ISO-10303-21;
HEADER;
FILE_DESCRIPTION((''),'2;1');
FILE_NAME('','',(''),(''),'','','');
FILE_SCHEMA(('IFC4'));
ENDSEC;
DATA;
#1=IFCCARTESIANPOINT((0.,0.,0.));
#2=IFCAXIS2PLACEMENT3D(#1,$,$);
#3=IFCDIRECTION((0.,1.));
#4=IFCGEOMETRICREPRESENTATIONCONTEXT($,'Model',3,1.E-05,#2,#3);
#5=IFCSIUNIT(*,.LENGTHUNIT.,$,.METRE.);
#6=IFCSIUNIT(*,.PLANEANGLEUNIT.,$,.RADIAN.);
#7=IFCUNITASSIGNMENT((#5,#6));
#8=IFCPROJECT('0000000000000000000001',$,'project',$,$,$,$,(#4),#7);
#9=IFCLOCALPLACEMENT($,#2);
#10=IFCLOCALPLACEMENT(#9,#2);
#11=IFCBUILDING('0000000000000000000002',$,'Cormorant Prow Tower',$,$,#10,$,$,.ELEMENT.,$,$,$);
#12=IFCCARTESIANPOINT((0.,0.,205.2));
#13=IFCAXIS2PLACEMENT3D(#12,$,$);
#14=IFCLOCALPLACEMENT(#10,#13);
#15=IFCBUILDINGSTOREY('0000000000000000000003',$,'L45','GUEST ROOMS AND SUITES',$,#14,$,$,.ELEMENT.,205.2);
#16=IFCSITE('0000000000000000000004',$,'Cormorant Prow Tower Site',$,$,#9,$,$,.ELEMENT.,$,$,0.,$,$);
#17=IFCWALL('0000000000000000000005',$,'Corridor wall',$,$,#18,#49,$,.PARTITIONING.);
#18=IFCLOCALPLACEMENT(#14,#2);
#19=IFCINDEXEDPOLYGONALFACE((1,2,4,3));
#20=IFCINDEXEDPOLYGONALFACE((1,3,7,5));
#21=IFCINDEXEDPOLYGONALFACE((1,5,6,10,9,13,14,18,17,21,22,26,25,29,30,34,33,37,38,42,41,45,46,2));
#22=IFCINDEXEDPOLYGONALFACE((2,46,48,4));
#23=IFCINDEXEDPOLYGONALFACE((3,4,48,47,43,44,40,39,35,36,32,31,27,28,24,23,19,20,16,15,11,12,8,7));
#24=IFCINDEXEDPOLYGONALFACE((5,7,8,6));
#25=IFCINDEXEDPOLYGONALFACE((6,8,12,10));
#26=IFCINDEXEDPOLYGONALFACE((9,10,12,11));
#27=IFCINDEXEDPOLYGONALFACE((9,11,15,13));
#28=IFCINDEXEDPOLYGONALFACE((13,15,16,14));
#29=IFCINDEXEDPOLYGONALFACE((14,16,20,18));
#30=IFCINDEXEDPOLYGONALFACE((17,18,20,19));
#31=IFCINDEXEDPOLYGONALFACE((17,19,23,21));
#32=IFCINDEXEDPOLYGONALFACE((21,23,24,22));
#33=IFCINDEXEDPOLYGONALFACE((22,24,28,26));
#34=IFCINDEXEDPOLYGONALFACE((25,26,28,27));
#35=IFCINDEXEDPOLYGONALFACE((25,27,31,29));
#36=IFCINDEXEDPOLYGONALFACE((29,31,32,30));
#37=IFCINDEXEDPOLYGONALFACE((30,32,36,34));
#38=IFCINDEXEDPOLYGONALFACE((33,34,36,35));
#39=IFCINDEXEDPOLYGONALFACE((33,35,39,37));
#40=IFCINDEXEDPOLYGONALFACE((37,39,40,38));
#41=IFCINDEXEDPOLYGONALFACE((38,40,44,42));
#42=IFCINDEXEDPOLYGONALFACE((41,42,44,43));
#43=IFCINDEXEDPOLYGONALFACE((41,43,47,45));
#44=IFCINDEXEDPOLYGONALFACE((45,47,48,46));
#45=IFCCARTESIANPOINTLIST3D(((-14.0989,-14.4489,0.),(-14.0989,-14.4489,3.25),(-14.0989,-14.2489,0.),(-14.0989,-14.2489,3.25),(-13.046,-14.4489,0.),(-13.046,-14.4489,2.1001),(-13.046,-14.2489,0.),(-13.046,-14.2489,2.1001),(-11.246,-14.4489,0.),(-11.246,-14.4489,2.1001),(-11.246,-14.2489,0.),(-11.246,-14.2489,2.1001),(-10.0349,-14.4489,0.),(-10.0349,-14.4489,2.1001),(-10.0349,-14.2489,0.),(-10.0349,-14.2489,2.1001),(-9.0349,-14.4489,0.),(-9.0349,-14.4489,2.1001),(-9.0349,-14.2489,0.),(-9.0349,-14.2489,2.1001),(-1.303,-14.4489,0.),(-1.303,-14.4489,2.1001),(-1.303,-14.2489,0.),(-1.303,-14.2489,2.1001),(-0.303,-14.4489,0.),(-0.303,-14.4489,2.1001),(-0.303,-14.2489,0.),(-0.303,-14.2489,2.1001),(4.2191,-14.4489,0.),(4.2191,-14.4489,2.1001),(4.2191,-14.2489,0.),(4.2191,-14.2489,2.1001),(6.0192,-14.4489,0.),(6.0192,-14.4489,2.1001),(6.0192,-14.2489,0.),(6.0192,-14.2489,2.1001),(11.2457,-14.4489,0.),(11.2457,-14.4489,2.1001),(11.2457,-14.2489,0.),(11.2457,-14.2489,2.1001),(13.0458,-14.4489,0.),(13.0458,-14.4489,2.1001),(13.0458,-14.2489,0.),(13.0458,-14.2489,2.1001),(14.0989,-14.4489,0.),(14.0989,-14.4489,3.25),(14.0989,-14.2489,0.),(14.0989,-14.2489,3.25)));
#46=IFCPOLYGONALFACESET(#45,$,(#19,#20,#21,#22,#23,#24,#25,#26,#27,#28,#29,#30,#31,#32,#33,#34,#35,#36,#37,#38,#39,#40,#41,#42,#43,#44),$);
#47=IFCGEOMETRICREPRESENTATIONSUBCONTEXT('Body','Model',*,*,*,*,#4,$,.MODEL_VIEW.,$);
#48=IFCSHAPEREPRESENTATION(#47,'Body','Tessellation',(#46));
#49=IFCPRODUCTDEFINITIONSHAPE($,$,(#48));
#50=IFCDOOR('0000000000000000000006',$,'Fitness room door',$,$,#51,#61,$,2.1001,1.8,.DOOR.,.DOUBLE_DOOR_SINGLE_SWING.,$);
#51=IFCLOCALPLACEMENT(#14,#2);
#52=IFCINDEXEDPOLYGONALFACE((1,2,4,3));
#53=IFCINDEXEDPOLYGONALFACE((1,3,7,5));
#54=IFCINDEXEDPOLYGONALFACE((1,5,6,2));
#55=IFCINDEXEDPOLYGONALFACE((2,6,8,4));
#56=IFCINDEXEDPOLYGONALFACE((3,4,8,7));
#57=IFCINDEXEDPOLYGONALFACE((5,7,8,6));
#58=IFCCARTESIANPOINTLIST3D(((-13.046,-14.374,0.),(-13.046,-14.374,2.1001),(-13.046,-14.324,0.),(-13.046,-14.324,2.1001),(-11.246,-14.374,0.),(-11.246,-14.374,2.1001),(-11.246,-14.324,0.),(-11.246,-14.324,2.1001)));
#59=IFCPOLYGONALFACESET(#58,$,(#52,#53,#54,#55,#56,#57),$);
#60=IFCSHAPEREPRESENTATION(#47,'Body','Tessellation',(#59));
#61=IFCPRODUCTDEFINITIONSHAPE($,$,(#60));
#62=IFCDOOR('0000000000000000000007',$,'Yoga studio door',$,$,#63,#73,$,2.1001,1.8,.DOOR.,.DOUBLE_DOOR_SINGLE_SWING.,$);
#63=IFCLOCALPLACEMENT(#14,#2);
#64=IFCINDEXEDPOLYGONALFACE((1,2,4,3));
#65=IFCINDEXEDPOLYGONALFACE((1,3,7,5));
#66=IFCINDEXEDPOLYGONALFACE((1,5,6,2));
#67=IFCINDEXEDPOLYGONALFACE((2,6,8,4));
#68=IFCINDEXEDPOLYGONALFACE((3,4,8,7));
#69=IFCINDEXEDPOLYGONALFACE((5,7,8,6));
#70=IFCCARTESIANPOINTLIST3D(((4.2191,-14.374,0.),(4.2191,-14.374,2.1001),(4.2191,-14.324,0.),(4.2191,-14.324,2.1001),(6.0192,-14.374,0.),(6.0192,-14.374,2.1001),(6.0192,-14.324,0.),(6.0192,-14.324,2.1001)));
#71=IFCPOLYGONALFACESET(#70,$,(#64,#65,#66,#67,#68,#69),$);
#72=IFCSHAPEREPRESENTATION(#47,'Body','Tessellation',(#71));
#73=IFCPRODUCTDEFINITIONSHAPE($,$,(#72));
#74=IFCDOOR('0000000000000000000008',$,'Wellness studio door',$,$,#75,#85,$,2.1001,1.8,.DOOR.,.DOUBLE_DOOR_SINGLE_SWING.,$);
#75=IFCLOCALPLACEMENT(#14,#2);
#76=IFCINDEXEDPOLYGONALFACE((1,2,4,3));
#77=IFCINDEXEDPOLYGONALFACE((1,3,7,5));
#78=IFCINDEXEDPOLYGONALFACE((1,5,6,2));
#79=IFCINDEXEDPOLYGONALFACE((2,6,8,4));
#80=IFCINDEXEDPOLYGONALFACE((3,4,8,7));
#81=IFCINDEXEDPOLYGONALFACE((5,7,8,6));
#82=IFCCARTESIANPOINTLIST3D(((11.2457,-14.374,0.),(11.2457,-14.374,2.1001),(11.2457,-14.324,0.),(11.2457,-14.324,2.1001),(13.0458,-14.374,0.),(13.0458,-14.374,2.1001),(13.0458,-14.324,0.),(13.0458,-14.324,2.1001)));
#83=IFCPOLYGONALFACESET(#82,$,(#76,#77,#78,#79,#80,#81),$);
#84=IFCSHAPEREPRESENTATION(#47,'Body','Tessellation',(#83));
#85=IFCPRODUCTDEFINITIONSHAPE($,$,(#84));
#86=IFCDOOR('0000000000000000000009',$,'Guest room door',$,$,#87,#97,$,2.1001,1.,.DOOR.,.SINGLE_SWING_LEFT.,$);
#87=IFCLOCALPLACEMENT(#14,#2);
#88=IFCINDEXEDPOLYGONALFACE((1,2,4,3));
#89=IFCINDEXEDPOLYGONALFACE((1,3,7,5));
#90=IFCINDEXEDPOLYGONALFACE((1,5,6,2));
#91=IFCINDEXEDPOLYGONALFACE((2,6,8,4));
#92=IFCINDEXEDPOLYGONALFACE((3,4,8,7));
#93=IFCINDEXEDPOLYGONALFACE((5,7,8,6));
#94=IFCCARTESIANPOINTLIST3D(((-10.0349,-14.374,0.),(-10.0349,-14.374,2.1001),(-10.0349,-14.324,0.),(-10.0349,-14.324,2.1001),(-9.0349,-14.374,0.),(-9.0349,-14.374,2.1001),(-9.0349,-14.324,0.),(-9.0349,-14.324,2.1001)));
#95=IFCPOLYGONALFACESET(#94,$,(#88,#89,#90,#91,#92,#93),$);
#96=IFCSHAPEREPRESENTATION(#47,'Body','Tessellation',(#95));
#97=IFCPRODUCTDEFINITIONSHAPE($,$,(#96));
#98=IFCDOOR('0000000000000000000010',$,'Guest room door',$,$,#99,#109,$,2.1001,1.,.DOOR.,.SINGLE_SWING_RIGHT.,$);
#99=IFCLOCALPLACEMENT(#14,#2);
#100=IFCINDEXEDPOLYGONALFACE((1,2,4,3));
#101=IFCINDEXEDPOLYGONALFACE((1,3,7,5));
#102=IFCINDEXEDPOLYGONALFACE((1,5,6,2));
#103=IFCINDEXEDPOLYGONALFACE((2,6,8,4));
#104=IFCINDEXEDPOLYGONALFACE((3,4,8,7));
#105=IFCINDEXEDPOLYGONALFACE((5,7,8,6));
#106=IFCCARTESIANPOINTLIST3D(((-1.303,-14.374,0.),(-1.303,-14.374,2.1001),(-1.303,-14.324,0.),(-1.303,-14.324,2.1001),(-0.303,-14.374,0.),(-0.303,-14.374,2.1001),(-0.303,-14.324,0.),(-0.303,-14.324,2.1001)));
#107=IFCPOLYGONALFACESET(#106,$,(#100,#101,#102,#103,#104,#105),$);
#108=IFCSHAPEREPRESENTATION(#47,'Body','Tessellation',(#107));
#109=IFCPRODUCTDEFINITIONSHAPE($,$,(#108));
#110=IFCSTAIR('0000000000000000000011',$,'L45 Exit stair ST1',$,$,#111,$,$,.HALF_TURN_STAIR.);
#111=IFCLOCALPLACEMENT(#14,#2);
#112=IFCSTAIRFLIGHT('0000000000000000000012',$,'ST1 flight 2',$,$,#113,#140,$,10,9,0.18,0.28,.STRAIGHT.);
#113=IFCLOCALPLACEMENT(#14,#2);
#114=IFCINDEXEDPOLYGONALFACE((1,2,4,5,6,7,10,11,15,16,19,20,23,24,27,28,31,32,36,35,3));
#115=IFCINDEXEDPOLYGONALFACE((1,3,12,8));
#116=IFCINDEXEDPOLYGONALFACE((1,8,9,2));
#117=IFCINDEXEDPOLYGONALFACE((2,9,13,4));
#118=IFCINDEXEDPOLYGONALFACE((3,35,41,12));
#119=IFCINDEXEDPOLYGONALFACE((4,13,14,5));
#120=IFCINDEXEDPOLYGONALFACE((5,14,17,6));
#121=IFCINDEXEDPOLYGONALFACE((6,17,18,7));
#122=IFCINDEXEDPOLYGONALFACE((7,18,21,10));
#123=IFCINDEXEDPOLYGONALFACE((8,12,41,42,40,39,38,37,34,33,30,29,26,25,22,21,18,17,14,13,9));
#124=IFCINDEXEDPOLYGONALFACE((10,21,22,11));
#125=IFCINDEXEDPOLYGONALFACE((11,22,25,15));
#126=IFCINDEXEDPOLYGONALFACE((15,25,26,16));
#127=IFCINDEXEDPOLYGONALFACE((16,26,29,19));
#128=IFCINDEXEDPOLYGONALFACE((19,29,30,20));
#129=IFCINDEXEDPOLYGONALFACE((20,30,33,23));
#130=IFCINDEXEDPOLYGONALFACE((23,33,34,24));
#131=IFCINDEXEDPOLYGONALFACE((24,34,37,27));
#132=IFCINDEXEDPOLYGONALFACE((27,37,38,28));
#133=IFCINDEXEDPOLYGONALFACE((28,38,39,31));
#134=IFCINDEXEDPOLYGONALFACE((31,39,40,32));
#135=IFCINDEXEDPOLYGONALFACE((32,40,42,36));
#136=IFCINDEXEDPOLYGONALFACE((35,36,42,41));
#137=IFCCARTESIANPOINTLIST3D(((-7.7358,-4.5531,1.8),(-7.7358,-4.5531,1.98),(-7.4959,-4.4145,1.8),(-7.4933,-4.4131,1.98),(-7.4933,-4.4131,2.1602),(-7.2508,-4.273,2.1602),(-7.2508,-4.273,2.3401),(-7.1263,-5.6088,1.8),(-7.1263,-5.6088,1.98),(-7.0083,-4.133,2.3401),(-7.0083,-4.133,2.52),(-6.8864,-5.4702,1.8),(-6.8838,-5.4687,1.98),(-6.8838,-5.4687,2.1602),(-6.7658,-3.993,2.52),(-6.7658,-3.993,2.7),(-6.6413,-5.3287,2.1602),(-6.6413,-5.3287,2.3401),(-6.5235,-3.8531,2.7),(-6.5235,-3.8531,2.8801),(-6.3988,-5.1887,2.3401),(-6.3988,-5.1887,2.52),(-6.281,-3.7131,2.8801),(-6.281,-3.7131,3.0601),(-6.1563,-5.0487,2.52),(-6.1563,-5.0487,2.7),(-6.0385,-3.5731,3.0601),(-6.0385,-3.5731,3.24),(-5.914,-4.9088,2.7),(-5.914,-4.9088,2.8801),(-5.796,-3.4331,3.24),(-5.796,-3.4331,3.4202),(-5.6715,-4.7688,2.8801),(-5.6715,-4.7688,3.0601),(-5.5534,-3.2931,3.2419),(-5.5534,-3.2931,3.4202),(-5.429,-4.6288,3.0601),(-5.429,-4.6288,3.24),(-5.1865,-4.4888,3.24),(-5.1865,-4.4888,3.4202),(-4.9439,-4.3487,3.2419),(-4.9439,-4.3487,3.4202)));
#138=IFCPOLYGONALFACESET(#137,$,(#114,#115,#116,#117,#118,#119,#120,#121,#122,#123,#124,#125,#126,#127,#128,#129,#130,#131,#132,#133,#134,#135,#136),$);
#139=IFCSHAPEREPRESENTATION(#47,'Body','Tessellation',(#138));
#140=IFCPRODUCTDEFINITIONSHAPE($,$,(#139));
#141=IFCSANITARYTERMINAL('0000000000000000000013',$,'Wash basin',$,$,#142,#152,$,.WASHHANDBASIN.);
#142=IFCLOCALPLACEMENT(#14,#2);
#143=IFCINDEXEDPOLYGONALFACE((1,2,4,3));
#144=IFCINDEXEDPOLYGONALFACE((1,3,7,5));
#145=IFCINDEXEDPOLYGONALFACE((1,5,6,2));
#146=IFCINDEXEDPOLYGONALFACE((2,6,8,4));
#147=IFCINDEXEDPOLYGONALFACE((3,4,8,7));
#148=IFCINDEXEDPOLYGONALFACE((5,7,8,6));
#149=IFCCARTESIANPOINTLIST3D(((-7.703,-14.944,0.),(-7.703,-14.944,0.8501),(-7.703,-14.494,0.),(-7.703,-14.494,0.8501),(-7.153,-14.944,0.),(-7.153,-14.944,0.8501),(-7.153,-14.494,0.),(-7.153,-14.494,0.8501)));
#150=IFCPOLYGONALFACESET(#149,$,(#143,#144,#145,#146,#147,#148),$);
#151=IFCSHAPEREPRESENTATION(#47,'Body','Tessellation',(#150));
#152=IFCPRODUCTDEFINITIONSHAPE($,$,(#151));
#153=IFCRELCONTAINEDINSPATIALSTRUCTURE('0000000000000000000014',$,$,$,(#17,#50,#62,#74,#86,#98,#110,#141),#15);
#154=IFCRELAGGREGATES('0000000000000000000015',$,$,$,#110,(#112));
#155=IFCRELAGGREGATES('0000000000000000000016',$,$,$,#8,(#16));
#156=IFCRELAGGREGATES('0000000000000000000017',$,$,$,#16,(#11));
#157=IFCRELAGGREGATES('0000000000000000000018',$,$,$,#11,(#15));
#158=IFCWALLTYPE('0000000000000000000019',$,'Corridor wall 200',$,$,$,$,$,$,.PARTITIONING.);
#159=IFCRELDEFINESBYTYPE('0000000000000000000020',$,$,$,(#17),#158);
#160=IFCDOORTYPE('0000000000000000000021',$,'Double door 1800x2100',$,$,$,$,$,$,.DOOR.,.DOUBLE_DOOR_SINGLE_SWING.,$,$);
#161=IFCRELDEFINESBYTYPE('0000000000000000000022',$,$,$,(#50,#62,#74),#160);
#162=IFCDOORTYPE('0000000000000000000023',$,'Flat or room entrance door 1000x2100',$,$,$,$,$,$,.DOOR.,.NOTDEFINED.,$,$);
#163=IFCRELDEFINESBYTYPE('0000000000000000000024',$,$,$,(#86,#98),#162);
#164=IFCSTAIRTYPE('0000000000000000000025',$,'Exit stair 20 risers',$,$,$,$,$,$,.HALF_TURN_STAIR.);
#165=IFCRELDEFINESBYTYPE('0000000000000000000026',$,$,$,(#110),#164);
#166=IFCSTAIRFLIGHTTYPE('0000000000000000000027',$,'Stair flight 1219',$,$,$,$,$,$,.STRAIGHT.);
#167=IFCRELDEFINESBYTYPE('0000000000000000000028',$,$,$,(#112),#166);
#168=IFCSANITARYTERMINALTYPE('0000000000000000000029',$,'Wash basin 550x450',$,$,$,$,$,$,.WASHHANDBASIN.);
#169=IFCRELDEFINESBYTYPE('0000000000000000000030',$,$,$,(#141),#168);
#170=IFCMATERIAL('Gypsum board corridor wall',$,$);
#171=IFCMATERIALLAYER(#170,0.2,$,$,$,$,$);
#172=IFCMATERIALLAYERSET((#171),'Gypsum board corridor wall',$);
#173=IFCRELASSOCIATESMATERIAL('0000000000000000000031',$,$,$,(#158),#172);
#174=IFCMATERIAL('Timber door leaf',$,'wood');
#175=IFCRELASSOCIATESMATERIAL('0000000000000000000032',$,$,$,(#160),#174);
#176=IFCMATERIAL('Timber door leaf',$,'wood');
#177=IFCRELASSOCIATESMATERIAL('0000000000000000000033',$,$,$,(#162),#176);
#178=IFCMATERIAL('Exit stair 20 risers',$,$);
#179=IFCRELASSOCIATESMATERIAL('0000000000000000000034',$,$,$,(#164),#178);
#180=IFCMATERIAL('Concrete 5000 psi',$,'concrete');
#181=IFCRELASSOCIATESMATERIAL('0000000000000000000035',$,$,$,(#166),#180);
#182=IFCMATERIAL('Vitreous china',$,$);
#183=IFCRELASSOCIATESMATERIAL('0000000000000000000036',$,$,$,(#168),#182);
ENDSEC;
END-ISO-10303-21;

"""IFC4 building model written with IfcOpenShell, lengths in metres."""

from ifc_helpers import new_model, si_unit, direction, frame, frame_2d, origin, origin_2d, place, context, subcontext, project, spatial, polyline, rectangle, outline, extrude, material, layer, layer_set, type_object, element, fill, aggregate, save


model = new_model("IFC4")

# Units and contexts
model_context = context("Model", 3, precision=1e-05, world=origin(), true_north=direction((0.0, 1.0)))
body_context = subcontext(model_context, "Body", "Model", "MODEL_VIEW")
ifc_project = project(units=[si_unit("LENGTHUNIT", "METRE"), si_unit("PLANEANGLEUNIT", "RADIAN")], contexts=[model_context])

# Site, building, storey
site_placement = place(None, origin())
site = spatial("IfcSite", under=ifc_project, at=site_placement, Name="Cormorant Prow Tower Site", CompositionType="ELEMENT", RefElevation=0.0)
building_placement = place(site_placement, origin())
building = spatial("IfcBuilding", under=site, at=building_placement, Name="Cormorant Prow Tower", CompositionType="ELEMENT")
storey_placement = place(building_placement, frame((0.0, 0.0, 205.2)))
storey = spatial("IfcBuildingStorey", under=building, at=storey_placement, Name="L45", Description="GUEST ROOMS AND SUITES", CompositionType="ELEMENT", Elevation=205.2)

# Wall, openings, doors
ifc_material_1 = material(Name="Gypsum board corridor wall")
ifc_layer_1 = layer(ifc_material_1, 0.2)
ifc_layer_set_1 = layer_set([ifc_layer_1], Name="Gypsum board corridor wall")
wall_type_1 = type_object("IfcWallType", Name="Corridor wall 200", PredefinedType="PARTITIONING", material=ifc_layer_set_1)
wall_1_placement = place(storey_placement, frame((-14.0989, -14.3489, 0.0), z_axis=(0.0, 0.0, 1.0), x_axis=(1.0, 0.0, 0.0)))
wall_1 = element("IfcWall", 1, at=wall_1_placement, inside=storey, type_object=wall_type_1, Name="Corridor wall", PredefinedType="PARTITIONING", context=body_context, shape_type="SweptSolid", body=[
    extrude(rectangle(XDim=28.1978, YDim=0.2, at=frame_2d((14.0989, 0.0))), origin(), (0.0, 0.0, 1.0), 3.25),
])
opening_1_placement = place(wall_1_placement, frame((1.053, 0.0, 0.0)))
opening_1 = element("IfcOpeningElement", 2, at=opening_1_placement, cuts=wall_1, PredefinedType="OPENING", context=body_context, shape_type="SweptSolid", body=[
    extrude(rectangle(XDim=1.8, YDim=2.1001, at=frame_2d((0.8999, 1.05))), frame((0.0, 0.1099, 0.0), z_axis=(0.0, -1.0, 0.0), x_axis=(1.0, 0.0, 0.0)), (0.0, 0.0, 1.0), 0.22),
])
opening_2_placement = place(wall_1_placement, frame((4.064, 0.0, 0.0)))
opening_2 = element("IfcOpeningElement", 3, at=opening_2_placement, cuts=wall_1, PredefinedType="OPENING", context=body_context, shape_type="SweptSolid", body=[
    extrude(rectangle(XDim=1.0, YDim=2.1001, at=frame_2d((0.5, 1.05))), frame((0.0, 0.1099, 0.0), z_axis=(0.0, -1.0, 0.0), x_axis=(1.0, 0.0, 0.0)), (0.0, 0.0, 1.0), 0.22),
])
opening_3_placement = place(wall_1_placement, frame((12.7959, 0.0, 0.0)))
opening_3 = element("IfcOpeningElement", 4, at=opening_3_placement, cuts=wall_1, PredefinedType="OPENING", context=body_context, shape_type="SweptSolid", body=[
    extrude(rectangle(XDim=1.0, YDim=2.1001, at=frame_2d((0.5, 1.05))), frame((0.0, 0.1099, 0.0), z_axis=(0.0, -1.0, 0.0), x_axis=(1.0, 0.0, 0.0)), (0.0, 0.0, 1.0), 0.22),
])
opening_4_placement = place(wall_1_placement, frame((18.3181, 0.0, 0.0)))
opening_4 = element("IfcOpeningElement", 5, at=opening_4_placement, cuts=wall_1, PredefinedType="OPENING", context=body_context, shape_type="SweptSolid", body=[
    extrude(rectangle(XDim=1.8, YDim=2.1001, at=frame_2d((0.8999, 1.05))), frame((0.0, 0.1099, 0.0), z_axis=(0.0, -1.0, 0.0), x_axis=(1.0, 0.0, 0.0)), (0.0, 0.0, 1.0), 0.22),
])
opening_5_placement = place(wall_1_placement, frame((25.3447, 0.0, 0.0)))
opening_5 = element("IfcOpeningElement", 6, at=opening_5_placement, cuts=wall_1, PredefinedType="OPENING", context=body_context, shape_type="SweptSolid", body=[
    extrude(rectangle(XDim=1.8, YDim=2.1001, at=frame_2d((0.8999, 1.05))), frame((0.0, 0.1099, 0.0), z_axis=(0.0, -1.0, 0.0), x_axis=(1.0, 0.0, 0.0)), (0.0, 0.0, 1.0), 0.22),
])
ifc_material_2 = material(Name="Timber door leaf", Category="wood")
door_type_1 = type_object("IfcDoorType", Name="Double door 1800x2100", OperationType="DOUBLE_DOOR_SINGLE_SWING", PredefinedType="DOOR", material=ifc_material_2)
door_1_placement = place(opening_1_placement, origin())
door_1 = element("IfcDoor", 7, at=door_1_placement, inside=storey, type_object=door_type_1, Name="Fitness room door", OperationType="DOUBLE_DOOR_SINGLE_SWING", OverallHeight=2.1001, OverallWidth=1.8, PredefinedType="DOOR", context=body_context, shape_type="SweptSolid", body=[
    extrude(rectangle(XDim=1.8, YDim=2.1001, at=frame_2d((0.8999, 1.05))), frame((0.0, 0.0249, 0.0), z_axis=(0.0, -1.0, 0.0), x_axis=(1.0, 0.0, 0.0)), (0.0, 0.0, 1.0), 0.05),
])
fill(opening_1, door_1)
door_2_placement = place(opening_4_placement, origin())
door_2 = element("IfcDoor", 8, at=door_2_placement, inside=storey, type_object=door_type_1, Name="Yoga studio door", OperationType="DOUBLE_DOOR_SINGLE_SWING", OverallHeight=2.1001, OverallWidth=1.8, PredefinedType="DOOR", context=body_context, shape_type="SweptSolid", body=[
    extrude(rectangle(XDim=1.8, YDim=2.1001, at=frame_2d((0.8999, 1.05))), frame((0.0, 0.0249, 0.0), z_axis=(0.0, -1.0, 0.0), x_axis=(1.0, 0.0, 0.0)), (0.0, 0.0, 1.0), 0.05),
])
fill(opening_4, door_2)
door_3_placement = place(opening_5_placement, origin())
door_3 = element("IfcDoor", 9, at=door_3_placement, inside=storey, type_object=door_type_1, Name="Wellness studio door", OperationType="DOUBLE_DOOR_SINGLE_SWING", OverallHeight=2.1001, OverallWidth=1.8, PredefinedType="DOOR", context=body_context, shape_type="SweptSolid", body=[
    extrude(rectangle(XDim=1.8, YDim=2.1001, at=frame_2d((0.8999, 1.05))), frame((0.0, 0.0249, 0.0), z_axis=(0.0, -1.0, 0.0), x_axis=(1.0, 0.0, 0.0)), (0.0, 0.0, 1.0), 0.05),
])
fill(opening_5, door_3)
ifc_material_3 = material(Name="Timber door leaf", Category="wood")
door_type_2 = type_object("IfcDoorType", Name="Flat or room entrance door 1000x2100", OperationType="NOTDEFINED", PredefinedType="DOOR", material=ifc_material_3)
door_4_placement = place(opening_2_placement, origin())
door_4 = element("IfcDoor", 10, at=door_4_placement, inside=storey, type_object=door_type_2, Name="Guest room door", OperationType="SINGLE_SWING_LEFT", OverallHeight=2.1001, OverallWidth=1.0, PredefinedType="DOOR", context=body_context, shape_type="SweptSolid", body=[
    extrude(rectangle(XDim=1.0, YDim=2.1001, at=frame_2d((0.5, 1.05))), frame((0.0, 0.0249, 0.0), z_axis=(0.0, -1.0, 0.0), x_axis=(1.0, 0.0, 0.0)), (0.0, 0.0, 1.0), 0.05),
])
fill(opening_2, door_4)
door_5_placement = place(opening_3_placement, origin())
door_5 = element("IfcDoor", 11, at=door_5_placement, inside=storey, type_object=door_type_2, Name="Guest room door", OperationType="SINGLE_SWING_RIGHT", OverallHeight=2.1001, OverallWidth=1.0, PredefinedType="DOOR", context=body_context, shape_type="SweptSolid", body=[
    extrude(rectangle(XDim=1.0, YDim=2.1001, at=frame_2d((0.5, 1.05))), frame((0.0, 0.0249, 0.0), z_axis=(0.0, -1.0, 0.0), x_axis=(1.0, 0.0, 0.0)), (0.0, 0.0, 1.0), 0.05),
])
fill(opening_3, door_5)

# Stair, stair flight
ifc_material_4 = material(Name="Exit stair 20 risers")
stair_type = type_object("IfcStairType", Name="Exit stair 20 risers", PredefinedType="HALF_TURN_STAIR", material=ifc_material_4)
stair_placement = place(storey_placement, origin())
stair = element("IfcStair", 12, at=stair_placement, inside=storey, type_object=stair_type, Name="L45 Exit stair ST1", PredefinedType="HALF_TURN_STAIR")
ifc_material_5 = material(Name="Concrete 5000 psi", Category="concrete")
stair_flight_type = type_object("IfcStairFlightType", Name="Stair flight 1219", PredefinedType="STRAIGHT", material=ifc_material_5)
stair_flight_placement = place(storey_placement, frame((-7.4312, -5.0808, 1.8), z_axis=(0.0, 0.0, 1.0), x_axis=(0.866025, 0.5, 0.0)))
stair_flight = element("IfcStairFlight", 13, at=stair_flight_placement, type_object=stair_flight_type, Name="ST1 flight 2", NumberOfRisers=10, NumberOfTreads=9, PredefinedType="STRAIGHT", RiserHeight=0.18, TreadLength=0.28, context=body_context, shape_type="SweptSolid", body=[
    extrude(outline(polyline([(0.0, 0.0), (0.0, 0.1799), (0.28, 0.1799), (0.28, 0.3601), (0.5601, 0.3601), (0.5601, 0.54), (0.8401, 0.54), (0.8401, 0.72), (1.1201, 0.72), (1.1201, 0.8999), (1.3999, 0.8999), (1.3999, 1.0801), (1.6799, 1.0801), (1.6799, 1.26), (1.96, 1.26), (1.96, 1.4399), (2.24, 1.4399), (2.24, 1.6201), (2.52, 1.6201), (2.52, 1.8), (2.52, 1.4419), (0.2771, 0.0), (0.0, 0.0)])), frame((0.0, 0.6094, 0.0), z_axis=(0.0, -1.0, 0.0), x_axis=(1.0, 0.0, 0.0)), (0.0, 0.0, 1.0), 1.219),
])
aggregate(stair, [stair_flight])

# Sanitary terminal
ifc_material_6 = material(Name="Vitreous china")
sanitary_terminal_type = type_object("IfcSanitaryTerminalType", Name="Wash basin 550x450", PredefinedType="WASHHANDBASIN", material=ifc_material_6)
sanitary_terminal_placement = place(storey_placement, frame((-7.428, -14.719, 0.0), z_axis=(0.0, 0.0, 1.0), x_axis=(1.0, 0.0, 0.0)))
element("IfcSanitaryTerminal", 14, at=sanitary_terminal_placement, inside=storey, type_object=sanitary_terminal_type, Name="Wash basin", PredefinedType="WASHHANDBASIN", context=body_context, shape_type="SweptSolid", body=[
    extrude(rectangle(XDim=0.55, YDim=0.45, at=origin_2d()), origin(), (0.0, 0.0, 1.0), 0.8501),
])

save(model, "model.ifc")
